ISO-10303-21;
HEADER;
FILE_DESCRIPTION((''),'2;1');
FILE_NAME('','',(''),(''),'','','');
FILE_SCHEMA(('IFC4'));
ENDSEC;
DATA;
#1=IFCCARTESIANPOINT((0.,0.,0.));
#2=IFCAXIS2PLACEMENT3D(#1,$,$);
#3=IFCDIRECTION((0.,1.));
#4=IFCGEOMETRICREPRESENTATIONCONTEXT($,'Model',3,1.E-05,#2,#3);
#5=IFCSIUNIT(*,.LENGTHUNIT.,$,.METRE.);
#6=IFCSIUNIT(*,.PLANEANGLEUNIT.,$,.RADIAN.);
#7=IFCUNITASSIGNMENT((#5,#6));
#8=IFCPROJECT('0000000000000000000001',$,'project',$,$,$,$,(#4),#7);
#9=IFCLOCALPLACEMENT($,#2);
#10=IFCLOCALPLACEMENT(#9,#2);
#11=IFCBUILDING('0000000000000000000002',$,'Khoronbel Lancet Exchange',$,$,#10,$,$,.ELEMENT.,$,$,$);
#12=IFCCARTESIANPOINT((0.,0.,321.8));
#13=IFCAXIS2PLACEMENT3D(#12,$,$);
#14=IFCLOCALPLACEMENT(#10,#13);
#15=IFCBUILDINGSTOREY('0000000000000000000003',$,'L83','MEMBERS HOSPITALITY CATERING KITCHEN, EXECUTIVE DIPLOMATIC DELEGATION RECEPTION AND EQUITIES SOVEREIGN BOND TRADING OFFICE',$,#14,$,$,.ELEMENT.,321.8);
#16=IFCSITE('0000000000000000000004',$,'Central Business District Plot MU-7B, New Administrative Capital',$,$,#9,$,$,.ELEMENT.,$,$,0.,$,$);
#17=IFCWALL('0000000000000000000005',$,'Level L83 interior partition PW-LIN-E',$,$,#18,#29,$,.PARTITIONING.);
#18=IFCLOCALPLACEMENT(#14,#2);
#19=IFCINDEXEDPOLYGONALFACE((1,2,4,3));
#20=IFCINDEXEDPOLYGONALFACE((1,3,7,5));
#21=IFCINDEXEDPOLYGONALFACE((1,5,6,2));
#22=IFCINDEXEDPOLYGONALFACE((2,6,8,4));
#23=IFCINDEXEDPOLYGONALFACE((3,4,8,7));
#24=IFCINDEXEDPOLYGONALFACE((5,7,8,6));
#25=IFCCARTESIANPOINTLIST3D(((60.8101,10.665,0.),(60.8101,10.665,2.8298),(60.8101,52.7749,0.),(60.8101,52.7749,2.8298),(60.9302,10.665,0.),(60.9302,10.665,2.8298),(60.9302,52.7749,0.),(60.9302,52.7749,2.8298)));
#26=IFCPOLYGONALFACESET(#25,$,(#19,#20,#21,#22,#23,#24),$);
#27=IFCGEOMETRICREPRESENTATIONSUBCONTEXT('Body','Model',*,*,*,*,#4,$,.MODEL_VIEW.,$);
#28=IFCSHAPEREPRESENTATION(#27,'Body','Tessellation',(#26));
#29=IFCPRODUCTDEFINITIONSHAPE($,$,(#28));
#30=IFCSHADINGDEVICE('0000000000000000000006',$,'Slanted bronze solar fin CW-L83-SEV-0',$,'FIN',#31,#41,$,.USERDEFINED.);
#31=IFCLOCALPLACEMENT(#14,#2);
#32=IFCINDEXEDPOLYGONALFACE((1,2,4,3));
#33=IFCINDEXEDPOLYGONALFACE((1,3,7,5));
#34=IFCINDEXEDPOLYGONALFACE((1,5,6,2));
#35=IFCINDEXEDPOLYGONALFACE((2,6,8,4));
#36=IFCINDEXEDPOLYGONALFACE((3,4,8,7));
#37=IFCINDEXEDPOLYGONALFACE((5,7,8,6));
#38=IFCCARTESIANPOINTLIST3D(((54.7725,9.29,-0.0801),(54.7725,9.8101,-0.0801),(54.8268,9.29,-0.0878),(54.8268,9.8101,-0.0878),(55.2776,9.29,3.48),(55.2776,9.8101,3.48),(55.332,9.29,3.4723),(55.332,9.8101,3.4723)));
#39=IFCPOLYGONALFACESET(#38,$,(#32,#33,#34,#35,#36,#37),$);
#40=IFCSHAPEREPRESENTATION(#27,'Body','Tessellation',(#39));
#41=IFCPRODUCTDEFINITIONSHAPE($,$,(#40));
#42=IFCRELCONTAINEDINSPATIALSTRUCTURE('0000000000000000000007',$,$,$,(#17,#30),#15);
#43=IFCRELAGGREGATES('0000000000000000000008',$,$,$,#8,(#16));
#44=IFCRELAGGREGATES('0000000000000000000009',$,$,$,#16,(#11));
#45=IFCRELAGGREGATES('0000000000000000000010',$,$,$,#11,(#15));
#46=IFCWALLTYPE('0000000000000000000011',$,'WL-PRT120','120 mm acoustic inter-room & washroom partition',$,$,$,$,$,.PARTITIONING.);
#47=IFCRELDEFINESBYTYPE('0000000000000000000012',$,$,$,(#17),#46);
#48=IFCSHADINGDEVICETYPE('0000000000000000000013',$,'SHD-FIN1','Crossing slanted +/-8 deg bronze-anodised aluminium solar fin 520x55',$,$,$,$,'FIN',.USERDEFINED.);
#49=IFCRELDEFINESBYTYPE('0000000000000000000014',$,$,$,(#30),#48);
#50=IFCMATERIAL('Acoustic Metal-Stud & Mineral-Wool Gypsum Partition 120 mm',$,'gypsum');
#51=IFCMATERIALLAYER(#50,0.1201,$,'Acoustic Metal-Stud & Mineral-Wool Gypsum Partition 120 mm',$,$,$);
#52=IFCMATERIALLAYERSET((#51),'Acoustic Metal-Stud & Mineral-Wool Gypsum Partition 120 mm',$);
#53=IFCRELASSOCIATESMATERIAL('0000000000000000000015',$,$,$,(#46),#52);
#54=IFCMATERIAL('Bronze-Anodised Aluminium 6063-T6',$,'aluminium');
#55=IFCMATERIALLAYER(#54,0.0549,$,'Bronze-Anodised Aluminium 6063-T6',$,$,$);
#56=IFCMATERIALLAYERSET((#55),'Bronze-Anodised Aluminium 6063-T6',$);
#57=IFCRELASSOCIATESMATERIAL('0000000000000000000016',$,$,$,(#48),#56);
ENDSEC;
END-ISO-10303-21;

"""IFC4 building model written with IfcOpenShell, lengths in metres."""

from ifc_helpers import new_model, si_unit, direction, frame, frame_2d, origin, place, context, subcontext, project, spatial, polyline, rectangle, outline, extrude, material, layer, layer_set, type_object, element, save


model = new_model("IFC4")

# Units and contexts
model_context = context("Model", 3, precision=1e-05, world=origin(), true_north=direction((0.0, 1.0)))
body_context = subcontext(model_context, "Body", "Model", "MODEL_VIEW")
ifc_project = project(units=[si_unit("LENGTHUNIT", "METRE"), si_unit("PLANEANGLEUNIT", "RADIAN")], contexts=[model_context])

# Site, building, storey
site_placement = place(None, origin())
site = spatial("IfcSite", under=ifc_project, at=site_placement, Name="Central Business District Plot MU-7B, New Administrative Capital", CompositionType="ELEMENT", RefElevation=0.0)
building_placement = place(site_placement, origin())
building = spatial("IfcBuilding", under=site, at=building_placement, Name="Khoronbel Lancet Exchange", CompositionType="ELEMENT")
storey_placement = place(building_placement, frame((0.0, 0.0, 321.8)))
storey = spatial("IfcBuildingStorey", under=building, at=storey_placement, Name="L83", Description="MEMBERS HOSPITALITY CATERING KITCHEN, EXECUTIVE DIPLOMATIC DELEGATION RECEPTION AND EQUITIES SOVEREIGN BOND TRADING OFFICE", CompositionType="ELEMENT", Elevation=321.8)

# Shared definitions
ifc_material_1 = material(Name="Bronze-Anodised Aluminium 6063-T6", Category="aluminium")

# Wall
ifc_material_2 = material(Name="Acoustic Metal-Stud & Mineral-Wool Gypsum Partition 120 mm", Category="gypsum")
ifc_layer_1 = layer(ifc_material_2, 0.1201, Name="Acoustic Metal-Stud & Mineral-Wool Gypsum Partition 120 mm")
ifc_layer_set_1 = layer_set([ifc_layer_1], Name="Acoustic Metal-Stud & Mineral-Wool Gypsum Partition 120 mm")
wall_type_1 = type_object("IfcWallType", Name="WL-PRT120", Description="120 mm acoustic inter-room & washroom partition", PredefinedType="PARTITIONING", material=ifc_layer_set_1)
wall_1_placement = place(storey_placement, frame((60.8701, 10.665, 0.0), z_axis=(0.0, 0.0, 1.0), x_axis=(0.0, 1.0, 0.0)))
element("IfcWall", 1, at=wall_1_placement, inside=storey, type_object=wall_type_1, Name="Level L83 interior partition PW-LIN-E", PredefinedType="PARTITIONING", context=body_context, shape_type="SweptSolid", body=[
    extrude(rectangle(XDim=42.1099, YDim=0.1201, at=frame_2d((21.0549, 0.0))), origin(), (0.0, 0.0, 1.0), 2.8298),
])

# Shading device
ifc_layer_2 = layer(ifc_material_1, 0.0549, Name="Bronze-Anodised Aluminium 6063-T6")
ifc_layer_set_2 = layer_set([ifc_layer_2], Name="Bronze-Anodised Aluminium 6063-T6")
shading_device_type = type_object("IfcShadingDeviceType", Name="SHD-FIN1", Description="Crossing slanted +/-8 deg bronze-anodised aluminium solar fin 520x55", ElementType="FIN", PredefinedType="USERDEFINED", material=ifc_layer_set_2)
shading_device_placement = place(storey_placement, frame((54.7725, 9.8101, -0.0801), z_axis=(-0.990083, 0.0, 0.14048), x_axis=(0.0, -1.0, 0.0)))
element("IfcShadingDevice", 2, at=shading_device_placement, inside=storey, type_object=shading_device_type, Name="Slanted bronze solar fin CW-L83-SEV-0", ObjectType="FIN", PredefinedType="USERDEFINED", context=body_context, shape_type="SweptSolid", body=[
    extrude(outline(polyline([(0.0, 0.0), (0.52, 0.0), (0.52, 3.5957), (0.0, 3.5957), (0.0, 0.0)])), origin(), (0.0, 0.0, -1.0), 0.0549),
])

save(model, "model.ifc")
